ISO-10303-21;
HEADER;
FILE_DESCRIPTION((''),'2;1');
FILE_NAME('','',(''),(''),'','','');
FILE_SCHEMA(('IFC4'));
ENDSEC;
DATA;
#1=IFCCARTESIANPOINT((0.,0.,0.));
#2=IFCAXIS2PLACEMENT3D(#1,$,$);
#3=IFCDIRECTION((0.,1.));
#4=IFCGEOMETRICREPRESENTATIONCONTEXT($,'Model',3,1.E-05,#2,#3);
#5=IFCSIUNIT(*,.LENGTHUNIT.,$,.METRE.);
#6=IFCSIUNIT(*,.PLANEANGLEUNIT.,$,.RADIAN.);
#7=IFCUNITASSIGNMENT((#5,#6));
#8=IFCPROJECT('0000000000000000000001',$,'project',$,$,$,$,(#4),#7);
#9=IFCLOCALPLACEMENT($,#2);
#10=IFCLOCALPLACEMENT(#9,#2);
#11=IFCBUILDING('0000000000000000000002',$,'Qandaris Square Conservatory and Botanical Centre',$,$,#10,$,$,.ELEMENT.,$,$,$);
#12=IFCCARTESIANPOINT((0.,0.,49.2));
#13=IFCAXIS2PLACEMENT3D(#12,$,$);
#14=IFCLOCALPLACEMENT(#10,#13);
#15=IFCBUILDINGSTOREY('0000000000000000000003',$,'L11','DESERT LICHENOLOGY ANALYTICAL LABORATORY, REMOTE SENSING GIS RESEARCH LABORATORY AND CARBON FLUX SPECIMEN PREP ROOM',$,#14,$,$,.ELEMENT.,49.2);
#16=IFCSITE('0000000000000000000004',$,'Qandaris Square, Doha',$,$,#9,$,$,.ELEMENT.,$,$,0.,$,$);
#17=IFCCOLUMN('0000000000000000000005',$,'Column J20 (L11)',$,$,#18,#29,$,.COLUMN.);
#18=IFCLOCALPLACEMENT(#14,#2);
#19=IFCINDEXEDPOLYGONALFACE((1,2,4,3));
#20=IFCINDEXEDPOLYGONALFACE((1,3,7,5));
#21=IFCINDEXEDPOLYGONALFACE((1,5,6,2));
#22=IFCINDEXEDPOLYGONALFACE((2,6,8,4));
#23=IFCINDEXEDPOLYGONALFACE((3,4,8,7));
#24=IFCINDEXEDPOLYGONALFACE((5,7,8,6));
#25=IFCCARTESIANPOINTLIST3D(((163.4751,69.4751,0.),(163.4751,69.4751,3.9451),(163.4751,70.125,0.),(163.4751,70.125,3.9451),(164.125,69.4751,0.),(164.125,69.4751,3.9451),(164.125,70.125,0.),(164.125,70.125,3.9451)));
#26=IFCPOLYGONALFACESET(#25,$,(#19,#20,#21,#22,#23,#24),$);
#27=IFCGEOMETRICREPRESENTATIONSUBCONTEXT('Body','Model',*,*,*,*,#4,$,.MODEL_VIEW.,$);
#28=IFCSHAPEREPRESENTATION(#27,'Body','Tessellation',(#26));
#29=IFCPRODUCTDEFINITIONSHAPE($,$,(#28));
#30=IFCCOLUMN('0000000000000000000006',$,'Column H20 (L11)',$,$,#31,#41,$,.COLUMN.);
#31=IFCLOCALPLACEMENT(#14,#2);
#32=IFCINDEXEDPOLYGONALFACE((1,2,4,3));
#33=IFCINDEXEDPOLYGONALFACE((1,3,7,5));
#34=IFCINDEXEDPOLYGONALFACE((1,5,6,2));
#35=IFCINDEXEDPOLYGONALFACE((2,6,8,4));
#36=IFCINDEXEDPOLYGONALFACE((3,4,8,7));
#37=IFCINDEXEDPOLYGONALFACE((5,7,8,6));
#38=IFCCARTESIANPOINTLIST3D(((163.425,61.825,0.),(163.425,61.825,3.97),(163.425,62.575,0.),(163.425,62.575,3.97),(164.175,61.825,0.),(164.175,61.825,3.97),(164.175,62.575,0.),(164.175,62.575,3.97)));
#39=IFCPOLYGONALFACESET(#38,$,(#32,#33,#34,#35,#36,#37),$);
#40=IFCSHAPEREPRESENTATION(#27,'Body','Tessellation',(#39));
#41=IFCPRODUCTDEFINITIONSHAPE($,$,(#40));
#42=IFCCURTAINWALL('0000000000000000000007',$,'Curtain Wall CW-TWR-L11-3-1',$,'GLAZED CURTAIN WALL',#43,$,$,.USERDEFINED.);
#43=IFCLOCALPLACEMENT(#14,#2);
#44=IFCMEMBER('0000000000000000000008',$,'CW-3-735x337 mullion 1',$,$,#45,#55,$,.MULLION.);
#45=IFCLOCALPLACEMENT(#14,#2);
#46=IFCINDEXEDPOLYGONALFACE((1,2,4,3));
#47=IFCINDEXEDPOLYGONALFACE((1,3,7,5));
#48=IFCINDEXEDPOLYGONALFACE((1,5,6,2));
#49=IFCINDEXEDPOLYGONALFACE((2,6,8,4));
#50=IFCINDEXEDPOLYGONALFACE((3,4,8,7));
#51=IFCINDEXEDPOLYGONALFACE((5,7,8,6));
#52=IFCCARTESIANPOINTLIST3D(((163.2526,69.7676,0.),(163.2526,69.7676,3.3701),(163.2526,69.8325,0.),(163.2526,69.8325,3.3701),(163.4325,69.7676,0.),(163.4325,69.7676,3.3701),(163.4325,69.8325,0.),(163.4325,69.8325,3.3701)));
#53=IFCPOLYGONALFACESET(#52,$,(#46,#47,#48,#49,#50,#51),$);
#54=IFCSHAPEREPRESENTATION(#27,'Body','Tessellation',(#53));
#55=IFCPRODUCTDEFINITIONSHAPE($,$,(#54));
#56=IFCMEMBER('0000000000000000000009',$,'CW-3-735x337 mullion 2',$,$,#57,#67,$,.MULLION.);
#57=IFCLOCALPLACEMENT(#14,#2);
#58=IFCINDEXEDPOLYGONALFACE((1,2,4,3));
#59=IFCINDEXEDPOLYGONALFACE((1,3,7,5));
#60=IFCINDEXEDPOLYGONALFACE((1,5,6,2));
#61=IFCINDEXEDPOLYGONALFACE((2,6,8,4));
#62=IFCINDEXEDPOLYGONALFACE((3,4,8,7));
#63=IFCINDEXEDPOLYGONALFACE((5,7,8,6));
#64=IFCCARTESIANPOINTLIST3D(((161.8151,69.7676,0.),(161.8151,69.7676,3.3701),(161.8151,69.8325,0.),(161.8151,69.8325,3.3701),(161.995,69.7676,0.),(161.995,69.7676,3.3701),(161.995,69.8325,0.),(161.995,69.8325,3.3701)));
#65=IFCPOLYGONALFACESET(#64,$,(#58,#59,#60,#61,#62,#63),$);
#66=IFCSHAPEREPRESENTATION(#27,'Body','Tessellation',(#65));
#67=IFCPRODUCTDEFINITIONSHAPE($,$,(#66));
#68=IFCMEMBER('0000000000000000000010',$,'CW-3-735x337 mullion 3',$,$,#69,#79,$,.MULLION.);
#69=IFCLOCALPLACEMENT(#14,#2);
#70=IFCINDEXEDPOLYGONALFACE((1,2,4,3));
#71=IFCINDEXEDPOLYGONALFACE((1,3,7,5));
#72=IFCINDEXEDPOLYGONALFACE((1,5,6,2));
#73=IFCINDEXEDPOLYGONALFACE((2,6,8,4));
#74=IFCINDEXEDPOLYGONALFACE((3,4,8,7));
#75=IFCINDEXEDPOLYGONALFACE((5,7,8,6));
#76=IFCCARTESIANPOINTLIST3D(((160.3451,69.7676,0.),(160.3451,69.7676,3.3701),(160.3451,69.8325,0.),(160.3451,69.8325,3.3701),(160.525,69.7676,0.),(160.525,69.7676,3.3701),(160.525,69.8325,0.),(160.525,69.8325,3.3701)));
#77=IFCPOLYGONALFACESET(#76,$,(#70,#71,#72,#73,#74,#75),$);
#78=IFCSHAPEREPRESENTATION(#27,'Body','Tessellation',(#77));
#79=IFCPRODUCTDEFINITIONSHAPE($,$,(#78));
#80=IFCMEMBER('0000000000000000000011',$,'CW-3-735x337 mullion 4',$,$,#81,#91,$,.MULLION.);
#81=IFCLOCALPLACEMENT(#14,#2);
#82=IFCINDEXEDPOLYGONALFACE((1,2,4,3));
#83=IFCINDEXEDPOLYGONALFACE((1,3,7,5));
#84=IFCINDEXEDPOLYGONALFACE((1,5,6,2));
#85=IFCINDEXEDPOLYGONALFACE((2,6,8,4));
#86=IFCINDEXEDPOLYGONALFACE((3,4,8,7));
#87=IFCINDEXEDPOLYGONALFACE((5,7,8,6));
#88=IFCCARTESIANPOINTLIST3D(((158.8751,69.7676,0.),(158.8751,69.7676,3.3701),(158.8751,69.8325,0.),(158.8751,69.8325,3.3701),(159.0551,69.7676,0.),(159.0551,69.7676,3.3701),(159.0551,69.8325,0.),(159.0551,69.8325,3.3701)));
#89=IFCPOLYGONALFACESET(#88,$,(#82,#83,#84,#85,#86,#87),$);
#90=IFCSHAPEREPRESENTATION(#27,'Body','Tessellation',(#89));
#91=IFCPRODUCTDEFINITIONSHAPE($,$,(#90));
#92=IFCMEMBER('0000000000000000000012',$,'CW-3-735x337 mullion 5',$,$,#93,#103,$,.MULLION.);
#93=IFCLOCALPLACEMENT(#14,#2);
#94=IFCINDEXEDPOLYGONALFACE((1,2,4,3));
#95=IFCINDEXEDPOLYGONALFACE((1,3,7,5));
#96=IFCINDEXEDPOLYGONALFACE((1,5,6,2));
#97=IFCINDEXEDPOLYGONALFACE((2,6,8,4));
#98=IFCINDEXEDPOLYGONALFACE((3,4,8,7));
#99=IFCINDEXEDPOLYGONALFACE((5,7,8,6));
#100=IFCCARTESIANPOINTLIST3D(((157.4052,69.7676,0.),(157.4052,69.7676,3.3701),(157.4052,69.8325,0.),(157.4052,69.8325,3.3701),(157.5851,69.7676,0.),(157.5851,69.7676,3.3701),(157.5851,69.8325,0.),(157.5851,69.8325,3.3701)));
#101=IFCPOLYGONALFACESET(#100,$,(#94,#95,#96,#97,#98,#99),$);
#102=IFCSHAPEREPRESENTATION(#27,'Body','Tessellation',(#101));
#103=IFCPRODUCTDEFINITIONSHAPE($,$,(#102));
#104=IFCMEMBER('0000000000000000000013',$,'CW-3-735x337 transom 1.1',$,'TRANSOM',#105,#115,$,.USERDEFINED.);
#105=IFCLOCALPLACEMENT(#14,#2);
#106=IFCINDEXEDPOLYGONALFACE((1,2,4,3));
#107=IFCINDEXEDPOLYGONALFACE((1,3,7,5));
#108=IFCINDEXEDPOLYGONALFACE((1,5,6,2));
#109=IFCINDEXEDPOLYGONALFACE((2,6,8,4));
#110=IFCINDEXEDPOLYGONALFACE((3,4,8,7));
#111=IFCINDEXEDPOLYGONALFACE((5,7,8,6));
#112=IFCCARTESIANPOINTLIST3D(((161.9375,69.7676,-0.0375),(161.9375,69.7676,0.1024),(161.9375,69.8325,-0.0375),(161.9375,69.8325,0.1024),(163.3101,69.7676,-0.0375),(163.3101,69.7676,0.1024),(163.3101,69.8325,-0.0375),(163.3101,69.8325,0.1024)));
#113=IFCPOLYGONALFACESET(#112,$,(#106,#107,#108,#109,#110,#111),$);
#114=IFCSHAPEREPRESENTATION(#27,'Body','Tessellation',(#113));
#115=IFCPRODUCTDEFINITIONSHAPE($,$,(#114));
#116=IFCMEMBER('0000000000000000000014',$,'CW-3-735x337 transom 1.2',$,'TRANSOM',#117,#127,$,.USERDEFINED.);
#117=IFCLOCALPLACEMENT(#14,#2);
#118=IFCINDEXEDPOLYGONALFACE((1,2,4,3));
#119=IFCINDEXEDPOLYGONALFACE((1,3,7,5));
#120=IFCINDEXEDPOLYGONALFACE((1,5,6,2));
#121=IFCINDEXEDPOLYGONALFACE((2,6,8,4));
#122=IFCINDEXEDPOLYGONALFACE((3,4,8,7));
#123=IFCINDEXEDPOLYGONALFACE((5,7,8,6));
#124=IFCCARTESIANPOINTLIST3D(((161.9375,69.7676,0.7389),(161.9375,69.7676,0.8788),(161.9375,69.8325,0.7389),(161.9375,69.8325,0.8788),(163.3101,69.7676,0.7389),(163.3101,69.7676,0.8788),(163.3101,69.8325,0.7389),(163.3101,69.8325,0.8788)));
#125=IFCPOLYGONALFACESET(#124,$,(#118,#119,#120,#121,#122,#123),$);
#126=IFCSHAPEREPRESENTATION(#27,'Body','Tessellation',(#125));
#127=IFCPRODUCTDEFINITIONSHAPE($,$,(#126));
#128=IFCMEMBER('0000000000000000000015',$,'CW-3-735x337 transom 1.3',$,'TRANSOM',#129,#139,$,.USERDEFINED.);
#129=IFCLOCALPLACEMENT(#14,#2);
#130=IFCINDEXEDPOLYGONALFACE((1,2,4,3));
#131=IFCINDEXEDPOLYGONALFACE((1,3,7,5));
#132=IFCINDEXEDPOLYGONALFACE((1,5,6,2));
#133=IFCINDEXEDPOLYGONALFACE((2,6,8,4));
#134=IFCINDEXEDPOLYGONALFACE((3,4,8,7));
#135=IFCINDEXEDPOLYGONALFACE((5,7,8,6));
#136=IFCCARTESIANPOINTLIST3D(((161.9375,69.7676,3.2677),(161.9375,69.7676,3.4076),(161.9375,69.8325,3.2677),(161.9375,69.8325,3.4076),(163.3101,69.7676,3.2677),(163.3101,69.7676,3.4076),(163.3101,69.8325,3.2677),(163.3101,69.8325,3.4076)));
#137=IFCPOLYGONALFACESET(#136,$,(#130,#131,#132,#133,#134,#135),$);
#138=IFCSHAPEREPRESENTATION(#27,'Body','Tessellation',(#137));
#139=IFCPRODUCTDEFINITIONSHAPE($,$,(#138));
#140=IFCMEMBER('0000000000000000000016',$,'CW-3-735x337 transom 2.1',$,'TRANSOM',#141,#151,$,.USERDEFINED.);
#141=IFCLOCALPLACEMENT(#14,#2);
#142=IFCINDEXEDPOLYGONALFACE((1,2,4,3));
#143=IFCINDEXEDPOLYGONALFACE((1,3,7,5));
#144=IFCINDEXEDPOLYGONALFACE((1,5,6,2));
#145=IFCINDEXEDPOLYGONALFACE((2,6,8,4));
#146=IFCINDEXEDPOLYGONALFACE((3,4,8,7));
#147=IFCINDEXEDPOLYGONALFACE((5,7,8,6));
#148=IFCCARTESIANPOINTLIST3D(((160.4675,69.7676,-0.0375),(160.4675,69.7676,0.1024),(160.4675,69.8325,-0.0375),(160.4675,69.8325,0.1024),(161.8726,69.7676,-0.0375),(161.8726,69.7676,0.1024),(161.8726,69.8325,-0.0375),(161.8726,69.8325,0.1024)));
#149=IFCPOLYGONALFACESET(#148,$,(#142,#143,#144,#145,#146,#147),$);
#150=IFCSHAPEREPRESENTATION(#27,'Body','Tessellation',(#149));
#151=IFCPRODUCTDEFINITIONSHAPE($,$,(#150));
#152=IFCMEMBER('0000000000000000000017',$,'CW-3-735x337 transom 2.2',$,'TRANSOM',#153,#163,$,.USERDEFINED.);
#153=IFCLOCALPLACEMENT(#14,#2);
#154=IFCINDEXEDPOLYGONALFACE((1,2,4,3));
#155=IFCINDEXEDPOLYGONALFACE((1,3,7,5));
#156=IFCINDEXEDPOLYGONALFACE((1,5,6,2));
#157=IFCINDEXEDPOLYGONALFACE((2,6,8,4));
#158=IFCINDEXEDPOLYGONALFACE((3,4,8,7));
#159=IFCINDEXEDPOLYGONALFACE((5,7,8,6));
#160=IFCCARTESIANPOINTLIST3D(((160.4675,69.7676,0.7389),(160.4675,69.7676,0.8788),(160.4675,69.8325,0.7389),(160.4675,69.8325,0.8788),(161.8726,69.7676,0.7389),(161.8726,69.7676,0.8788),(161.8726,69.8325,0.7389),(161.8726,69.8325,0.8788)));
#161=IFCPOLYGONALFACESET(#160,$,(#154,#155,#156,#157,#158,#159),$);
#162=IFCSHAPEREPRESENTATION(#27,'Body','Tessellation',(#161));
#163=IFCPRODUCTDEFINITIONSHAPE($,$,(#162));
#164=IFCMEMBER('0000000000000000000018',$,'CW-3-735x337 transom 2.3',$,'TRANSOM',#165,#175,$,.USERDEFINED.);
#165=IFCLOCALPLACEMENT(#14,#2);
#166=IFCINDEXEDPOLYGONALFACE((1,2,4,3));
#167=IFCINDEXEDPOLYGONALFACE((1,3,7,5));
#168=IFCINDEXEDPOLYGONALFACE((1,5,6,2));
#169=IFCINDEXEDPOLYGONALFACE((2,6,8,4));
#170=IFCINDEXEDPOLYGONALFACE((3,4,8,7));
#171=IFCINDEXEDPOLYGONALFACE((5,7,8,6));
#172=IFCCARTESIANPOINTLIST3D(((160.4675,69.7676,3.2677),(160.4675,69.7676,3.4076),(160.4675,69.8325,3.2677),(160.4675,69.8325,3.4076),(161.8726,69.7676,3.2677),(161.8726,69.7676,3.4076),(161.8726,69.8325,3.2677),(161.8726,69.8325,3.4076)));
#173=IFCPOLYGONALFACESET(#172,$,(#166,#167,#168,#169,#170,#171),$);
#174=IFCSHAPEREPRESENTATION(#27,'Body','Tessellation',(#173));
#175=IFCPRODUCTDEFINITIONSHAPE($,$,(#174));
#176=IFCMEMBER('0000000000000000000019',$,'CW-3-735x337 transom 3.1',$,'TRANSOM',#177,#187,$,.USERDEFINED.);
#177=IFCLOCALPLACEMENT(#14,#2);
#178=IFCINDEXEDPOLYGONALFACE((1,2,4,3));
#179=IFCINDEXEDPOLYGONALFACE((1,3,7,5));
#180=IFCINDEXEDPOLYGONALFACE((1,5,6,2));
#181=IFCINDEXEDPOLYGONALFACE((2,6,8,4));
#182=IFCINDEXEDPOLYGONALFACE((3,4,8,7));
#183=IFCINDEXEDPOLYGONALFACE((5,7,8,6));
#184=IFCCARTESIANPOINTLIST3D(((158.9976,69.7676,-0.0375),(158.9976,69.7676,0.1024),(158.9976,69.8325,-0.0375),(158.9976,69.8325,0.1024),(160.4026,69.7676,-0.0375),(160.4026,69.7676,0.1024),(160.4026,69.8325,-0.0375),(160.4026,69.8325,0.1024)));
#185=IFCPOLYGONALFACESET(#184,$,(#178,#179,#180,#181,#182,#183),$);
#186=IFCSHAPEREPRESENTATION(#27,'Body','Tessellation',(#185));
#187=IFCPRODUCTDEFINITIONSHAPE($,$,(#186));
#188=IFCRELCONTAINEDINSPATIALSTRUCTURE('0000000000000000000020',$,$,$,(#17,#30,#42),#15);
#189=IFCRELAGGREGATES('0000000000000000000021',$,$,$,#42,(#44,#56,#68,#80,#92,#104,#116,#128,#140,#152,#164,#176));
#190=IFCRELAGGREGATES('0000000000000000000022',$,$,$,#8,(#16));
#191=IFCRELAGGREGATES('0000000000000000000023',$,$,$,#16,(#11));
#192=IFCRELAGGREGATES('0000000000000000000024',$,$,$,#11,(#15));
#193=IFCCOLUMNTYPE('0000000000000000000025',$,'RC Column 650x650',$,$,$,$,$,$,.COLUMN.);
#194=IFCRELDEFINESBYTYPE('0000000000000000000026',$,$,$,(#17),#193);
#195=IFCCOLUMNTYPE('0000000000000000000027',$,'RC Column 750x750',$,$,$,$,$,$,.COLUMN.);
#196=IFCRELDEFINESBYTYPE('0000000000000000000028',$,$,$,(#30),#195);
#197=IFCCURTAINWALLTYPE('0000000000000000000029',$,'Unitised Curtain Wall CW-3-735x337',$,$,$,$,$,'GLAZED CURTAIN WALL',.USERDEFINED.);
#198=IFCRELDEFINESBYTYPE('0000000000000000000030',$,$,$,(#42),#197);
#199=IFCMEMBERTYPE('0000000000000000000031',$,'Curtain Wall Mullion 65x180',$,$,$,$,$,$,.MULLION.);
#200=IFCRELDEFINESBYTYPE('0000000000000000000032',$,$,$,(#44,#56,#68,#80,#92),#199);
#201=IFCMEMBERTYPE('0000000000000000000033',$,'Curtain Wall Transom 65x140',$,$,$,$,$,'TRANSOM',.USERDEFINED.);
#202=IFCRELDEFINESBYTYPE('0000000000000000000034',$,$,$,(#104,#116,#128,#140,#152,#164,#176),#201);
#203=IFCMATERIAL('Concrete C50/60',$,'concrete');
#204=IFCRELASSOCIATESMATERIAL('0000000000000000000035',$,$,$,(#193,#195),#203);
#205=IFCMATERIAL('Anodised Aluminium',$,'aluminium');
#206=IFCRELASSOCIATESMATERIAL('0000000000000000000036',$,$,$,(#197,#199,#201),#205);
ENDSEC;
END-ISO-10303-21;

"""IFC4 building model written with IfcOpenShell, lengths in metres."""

from ifc_helpers import new_model, si_unit, direction, frame, origin, origin_2d, place, context, subcontext, project, spatial, rectangle, extrude, material, material_profile, profile_set, type_object, element, aggregate, save


model = new_model("IFC4")

# Units and contexts
model_context = context("Model", 3, precision=1e-05, world=origin(), true_north=direction((0.0, 1.0)))
body_context = subcontext(model_context, "Body", "Model", "MODEL_VIEW")
ifc_project = project(units=[si_unit("LENGTHUNIT", "METRE"), si_unit("PLANEANGLEUNIT", "RADIAN")], contexts=[model_context])

# Site, building, storey
site_placement = place(None, origin())
site = spatial("IfcSite", under=ifc_project, at=site_placement, Name="Qandaris Square, Doha", CompositionType="ELEMENT", RefElevation=0.0)
building_placement = place(site_placement, origin())
building = spatial("IfcBuilding", under=site, at=building_placement, Name="Qandaris Square Conservatory and Botanical Centre", CompositionType="ELEMENT")
storey_placement = place(building_placement, frame((0.0, 0.0, 49.2)))
storey = spatial("IfcBuildingStorey", under=building, at=storey_placement, Name="L11", Description="DESERT LICHENOLOGY ANALYTICAL LABORATORY, REMOTE SENSING GIS RESEARCH LABORATORY AND CARBON FLUX SPECIMEN PREP ROOM", CompositionType="ELEMENT", Elevation=49.2)

# Columns
ifc_material_1 = material(Name="Concrete C50/60", Category="concrete")
ifc_material_profile_1 = material_profile(ifc_material_1, rectangle(XDim=0.6499, YDim=0.6499, at=origin_2d()), Name="RC-COL 650x650")
ifc_profile_set_1 = profile_set([ifc_material_profile_1], Name="Concrete C50/60")
column_type_1 = type_object("IfcColumnType", Name="RC Column 650x650", PredefinedType="COLUMN", material=ifc_profile_set_1)
column_1_placement = place(storey_placement, frame((163.8, 69.8, 0.0), z_axis=(0.0, 0.0, 1.0), x_axis=(1.0, 0.0, 0.0)))
element("IfcColumn", 1, at=column_1_placement, inside=storey, type_object=column_type_1, Name="Column J20 (L11)", PredefinedType="COLUMN", context=body_context, shape_type="SweptSolid", body=[
    extrude(rectangle(XDim=0.6499, YDim=0.6499, at=origin_2d()), origin(), (0.0, 0.0, 1.0), 3.9451),
])
ifc_material_profile_2 = material_profile(ifc_material_1, rectangle(XDim=0.75, YDim=0.75, at=origin_2d()), Name="RC-COL 750x750")
ifc_profile_set_2 = profile_set([ifc_material_profile_2], Name="Concrete C50/60")
column_type_2 = type_object("IfcColumnType", Name="RC Column 750x750", PredefinedType="COLUMN", material=ifc_profile_set_2)
column_2_placement = place(storey_placement, frame((163.8, 62.2, 0.0), z_axis=(0.0, 0.0, 1.0), x_axis=(1.0, 0.0, 0.0)))
element("IfcColumn", 2, at=column_2_placement, inside=storey, type_object=column_type_2, Name="Column H20 (L11)", PredefinedType="COLUMN", context=body_context, shape_type="SweptSolid", body=[
    extrude(rectangle(XDim=0.75, YDim=0.75, at=origin_2d()), origin(), (0.0, 0.0, 1.0), 3.97),
])

# Curtain wall, members
ifc_material_2 = material(Name="Anodised Aluminium", Category="aluminium")
curtain_wall_type = type_object("IfcCurtainWallType", Name="Unitised Curtain Wall CW-3-735x337", ElementType="GLAZED CURTAIN WALL", PredefinedType="USERDEFINED", material=ifc_material_2)
curtain_wall_placement = place(storey_placement, origin())
curtain_wall = element("IfcCurtainWall", 3, at=curtain_wall_placement, inside=storey, type_object=curtain_wall_type, Name="Curtain Wall CW-TWR-L11-3-1", ObjectType="GLAZED CURTAIN WALL", PredefinedType="USERDEFINED")
ifc_material_profile_3 = material_profile(ifc_material_2, rectangle(XDim=0.0649, YDim=0.1799, at=origin_2d()), Name="ALU-MUL 65x180")
ifc_profile_set_3 = profile_set([ifc_material_profile_3], Name="Anodised Aluminium")
member_type_1 = type_object("IfcMemberType", Name="Curtain Wall Mullion 65x180", PredefinedType="MULLION", material=ifc_profile_set_3)
member_1_placement = place(storey_placement, frame((163.3425, 69.8, 0.0), z_axis=(0.0, 0.0, 1.0), x_axis=(0.0, -1.0, 0.0)))
member_1 = element("IfcMember", 4, at=member_1_placement, type_object=member_type_1, Name="CW-3-735x337 mullion 1", PredefinedType="MULLION", context=body_context, shape_type="SweptSolid", body=[
    extrude(rectangle(XDim=0.0649, YDim=0.1799, at=origin_2d()), origin(), (0.0, 0.0, 1.0), 3.3701),
])
member_2_placement = place(storey_placement, frame((161.905, 69.8, 0.0), z_axis=(0.0, 0.0, 1.0), x_axis=(0.0, -1.0, 0.0)))
member_2 = element("IfcMember", 5, at=member_2_placement, type_object=member_type_1, Name="CW-3-735x337 mullion 2", PredefinedType="MULLION", context=body_context, shape_type="SweptSolid", body=[
    extrude(rectangle(XDim=0.0649, YDim=0.1799, at=origin_2d()), origin(), (0.0, 0.0, 1.0), 3.3701),
])
member_3_placement = place(storey_placement, frame((160.4351, 69.8, 0.0), z_axis=(0.0, 0.0, 1.0), x_axis=(0.0, -1.0, 0.0)))
member_3 = element("IfcMember", 6, at=member_3_placement, type_object=member_type_1, Name="CW-3-735x337 mullion 3", PredefinedType="MULLION", context=body_context, shape_type="SweptSolid", body=[
    extrude(rectangle(XDim=0.0649, YDim=0.1799, at=origin_2d()), origin(), (0.0, 0.0, 1.0), 3.3701),
])
member_4_placement = place(storey_placement, frame((158.9651, 69.8, 0.0), z_axis=(0.0, 0.0, 1.0), x_axis=(0.0, -1.0, 0.0)))
member_4 = element("IfcMember", 7, at=member_4_placement, type_object=member_type_1, Name="CW-3-735x337 mullion 4", PredefinedType="MULLION", context=body_context, shape_type="SweptSolid", body=[
    extrude(rectangle(XDim=0.0649, YDim=0.1799, at=origin_2d()), origin(), (0.0, 0.0, 1.0), 3.3701),
])
member_5_placement = place(storey_placement, frame((157.4951, 69.8, 0.0), z_axis=(0.0, 0.0, 1.0), x_axis=(0.0, -1.0, 0.0)))
member_5 = element("IfcMember", 8, at=member_5_placement, type_object=member_type_1, Name="CW-3-735x337 mullion 5", PredefinedType="MULLION", context=body_context, shape_type="SweptSolid", body=[
    extrude(rectangle(XDim=0.0649, YDim=0.1799, at=origin_2d()), origin(), (0.0, 0.0, 1.0), 3.3701),
])
ifc_material_profile_4 = material_profile(ifc_material_2, rectangle(XDim=0.0649, YDim=0.1399, at=origin_2d()), Name="ALU-TRN 65x140")
ifc_profile_set_4 = profile_set([ifc_material_profile_4], Name="Anodised Aluminium")
member_type_2 = type_object("IfcMemberType", Name="Curtain Wall Transom 65x140", ElementType="TRANSOM", PredefinedType="USERDEFINED", material=ifc_profile_set_4)
member_6_placement = place(storey_placement, frame((163.3101, 69.8, 0.0325), z_axis=(-1.0, 0.0, 0.0), x_axis=(0.0, -1.0, 0.0)))
member_6 = element("IfcMember", 9, at=member_6_placement, type_object=member_type_2, Name="CW-3-735x337 transom 1.1", ObjectType="TRANSOM", PredefinedType="USERDEFINED", context=body_context, shape_type="SweptSolid", body=[
    extrude(rectangle(XDim=0.0649, YDim=0.1399, at=origin_2d()), origin(), (0.0, 0.0, 1.0), 1.3726),
])
member_7_placement = place(storey_placement, frame((163.3101, 69.8, 0.8088), z_axis=(-1.0, 0.0, 0.0), x_axis=(0.0, -1.0, 0.0)))
member_7 = element("IfcMember", 10, at=member_7_placement, type_object=member_type_2, Name="CW-3-735x337 transom 1.2", ObjectType="TRANSOM", PredefinedType="USERDEFINED", context=body_context, shape_type="SweptSolid", body=[
    extrude(rectangle(XDim=0.0649, YDim=0.1399, at=origin_2d()), origin(), (0.0, 0.0, 1.0), 1.3726),
])
member_8_placement = place(storey_placement, frame((163.3101, 69.8, 3.3376), z_axis=(-1.0, 0.0, 0.0), x_axis=(0.0, -1.0, 0.0)))
member_8 = element("IfcMember", 11, at=member_8_placement, type_object=member_type_2, Name="CW-3-735x337 transom 1.3", ObjectType="TRANSOM", PredefinedType="USERDEFINED", context=body_context, shape_type="SweptSolid", body=[
    extrude(rectangle(XDim=0.0649, YDim=0.1399, at=origin_2d()), origin(), (0.0, 0.0, 1.0), 1.3726),
])
member_9_placement = place(storey_placement, frame((161.8726, 69.8, 0.0325), z_axis=(-1.0, 0.0, 0.0), x_axis=(0.0, -1.0, 0.0)))
member_9 = element("IfcMember", 12, at=member_9_placement, type_object=member_type_2, Name="CW-3-735x337 transom 2.1", ObjectType="TRANSOM", PredefinedType="USERDEFINED", context=body_context, shape_type="SweptSolid", body=[
    extrude(rectangle(XDim=0.0649, YDim=0.1399, at=origin_2d()), origin(), (0.0, 0.0, 1.0), 1.405),
])
member_10_placement = place(storey_placement, frame((161.8726, 69.8, 0.8088), z_axis=(-1.0, 0.0, 0.0), x_axis=(0.0, -1.0, 0.0)))
member_10 = element("IfcMember", 13, at=member_10_placement, type_object=member_type_2, Name="CW-3-735x337 transom 2.2", ObjectType="TRANSOM", PredefinedType="USERDEFINED", context=body_context, shape_type="SweptSolid", body=[
    extrude(rectangle(XDim=0.0649, YDim=0.1399, at=origin_2d()), origin(), (0.0, 0.0, 1.0), 1.405),
])
member_11_placement = place(storey_placement, frame((161.8726, 69.8, 3.3376), z_axis=(-1.0, 0.0, 0.0), x_axis=(0.0, -1.0, 0.0)))
member_11 = element("IfcMember", 14, at=member_11_placement, type_object=member_type_2, Name="CW-3-735x337 transom 2.3", ObjectType="TRANSOM", PredefinedType="USERDEFINED", context=body_context, shape_type="SweptSolid", body=[
    extrude(rectangle(XDim=0.0649, YDim=0.1399, at=origin_2d()), origin(), (0.0, 0.0, 1.0), 1.405),
])
member_12_placement = place(storey_placement, frame((160.4026, 69.8, 0.0325), z_axis=(-1.0, 0.0, 0.0), x_axis=(0.0, -1.0, 0.0)))
member_12 = element("IfcMember", 15, at=member_12_placement, type_object=member_type_2, Name="CW-3-735x337 transom 3.1", ObjectType="TRANSOM", PredefinedType="USERDEFINED", context=body_context, shape_type="SweptSolid", body=[
    extrude(rectangle(XDim=0.0649, YDim=0.1399, at=origin_2d()), origin(), (0.0, 0.0, 1.0), 1.405),
])

aggregate(curtain_wall, [member_1, member_2, member_3, member_4, member_5, member_6, member_7, member_8, member_9, member_10, member_11, member_12])

save(model, "model.ifc")
